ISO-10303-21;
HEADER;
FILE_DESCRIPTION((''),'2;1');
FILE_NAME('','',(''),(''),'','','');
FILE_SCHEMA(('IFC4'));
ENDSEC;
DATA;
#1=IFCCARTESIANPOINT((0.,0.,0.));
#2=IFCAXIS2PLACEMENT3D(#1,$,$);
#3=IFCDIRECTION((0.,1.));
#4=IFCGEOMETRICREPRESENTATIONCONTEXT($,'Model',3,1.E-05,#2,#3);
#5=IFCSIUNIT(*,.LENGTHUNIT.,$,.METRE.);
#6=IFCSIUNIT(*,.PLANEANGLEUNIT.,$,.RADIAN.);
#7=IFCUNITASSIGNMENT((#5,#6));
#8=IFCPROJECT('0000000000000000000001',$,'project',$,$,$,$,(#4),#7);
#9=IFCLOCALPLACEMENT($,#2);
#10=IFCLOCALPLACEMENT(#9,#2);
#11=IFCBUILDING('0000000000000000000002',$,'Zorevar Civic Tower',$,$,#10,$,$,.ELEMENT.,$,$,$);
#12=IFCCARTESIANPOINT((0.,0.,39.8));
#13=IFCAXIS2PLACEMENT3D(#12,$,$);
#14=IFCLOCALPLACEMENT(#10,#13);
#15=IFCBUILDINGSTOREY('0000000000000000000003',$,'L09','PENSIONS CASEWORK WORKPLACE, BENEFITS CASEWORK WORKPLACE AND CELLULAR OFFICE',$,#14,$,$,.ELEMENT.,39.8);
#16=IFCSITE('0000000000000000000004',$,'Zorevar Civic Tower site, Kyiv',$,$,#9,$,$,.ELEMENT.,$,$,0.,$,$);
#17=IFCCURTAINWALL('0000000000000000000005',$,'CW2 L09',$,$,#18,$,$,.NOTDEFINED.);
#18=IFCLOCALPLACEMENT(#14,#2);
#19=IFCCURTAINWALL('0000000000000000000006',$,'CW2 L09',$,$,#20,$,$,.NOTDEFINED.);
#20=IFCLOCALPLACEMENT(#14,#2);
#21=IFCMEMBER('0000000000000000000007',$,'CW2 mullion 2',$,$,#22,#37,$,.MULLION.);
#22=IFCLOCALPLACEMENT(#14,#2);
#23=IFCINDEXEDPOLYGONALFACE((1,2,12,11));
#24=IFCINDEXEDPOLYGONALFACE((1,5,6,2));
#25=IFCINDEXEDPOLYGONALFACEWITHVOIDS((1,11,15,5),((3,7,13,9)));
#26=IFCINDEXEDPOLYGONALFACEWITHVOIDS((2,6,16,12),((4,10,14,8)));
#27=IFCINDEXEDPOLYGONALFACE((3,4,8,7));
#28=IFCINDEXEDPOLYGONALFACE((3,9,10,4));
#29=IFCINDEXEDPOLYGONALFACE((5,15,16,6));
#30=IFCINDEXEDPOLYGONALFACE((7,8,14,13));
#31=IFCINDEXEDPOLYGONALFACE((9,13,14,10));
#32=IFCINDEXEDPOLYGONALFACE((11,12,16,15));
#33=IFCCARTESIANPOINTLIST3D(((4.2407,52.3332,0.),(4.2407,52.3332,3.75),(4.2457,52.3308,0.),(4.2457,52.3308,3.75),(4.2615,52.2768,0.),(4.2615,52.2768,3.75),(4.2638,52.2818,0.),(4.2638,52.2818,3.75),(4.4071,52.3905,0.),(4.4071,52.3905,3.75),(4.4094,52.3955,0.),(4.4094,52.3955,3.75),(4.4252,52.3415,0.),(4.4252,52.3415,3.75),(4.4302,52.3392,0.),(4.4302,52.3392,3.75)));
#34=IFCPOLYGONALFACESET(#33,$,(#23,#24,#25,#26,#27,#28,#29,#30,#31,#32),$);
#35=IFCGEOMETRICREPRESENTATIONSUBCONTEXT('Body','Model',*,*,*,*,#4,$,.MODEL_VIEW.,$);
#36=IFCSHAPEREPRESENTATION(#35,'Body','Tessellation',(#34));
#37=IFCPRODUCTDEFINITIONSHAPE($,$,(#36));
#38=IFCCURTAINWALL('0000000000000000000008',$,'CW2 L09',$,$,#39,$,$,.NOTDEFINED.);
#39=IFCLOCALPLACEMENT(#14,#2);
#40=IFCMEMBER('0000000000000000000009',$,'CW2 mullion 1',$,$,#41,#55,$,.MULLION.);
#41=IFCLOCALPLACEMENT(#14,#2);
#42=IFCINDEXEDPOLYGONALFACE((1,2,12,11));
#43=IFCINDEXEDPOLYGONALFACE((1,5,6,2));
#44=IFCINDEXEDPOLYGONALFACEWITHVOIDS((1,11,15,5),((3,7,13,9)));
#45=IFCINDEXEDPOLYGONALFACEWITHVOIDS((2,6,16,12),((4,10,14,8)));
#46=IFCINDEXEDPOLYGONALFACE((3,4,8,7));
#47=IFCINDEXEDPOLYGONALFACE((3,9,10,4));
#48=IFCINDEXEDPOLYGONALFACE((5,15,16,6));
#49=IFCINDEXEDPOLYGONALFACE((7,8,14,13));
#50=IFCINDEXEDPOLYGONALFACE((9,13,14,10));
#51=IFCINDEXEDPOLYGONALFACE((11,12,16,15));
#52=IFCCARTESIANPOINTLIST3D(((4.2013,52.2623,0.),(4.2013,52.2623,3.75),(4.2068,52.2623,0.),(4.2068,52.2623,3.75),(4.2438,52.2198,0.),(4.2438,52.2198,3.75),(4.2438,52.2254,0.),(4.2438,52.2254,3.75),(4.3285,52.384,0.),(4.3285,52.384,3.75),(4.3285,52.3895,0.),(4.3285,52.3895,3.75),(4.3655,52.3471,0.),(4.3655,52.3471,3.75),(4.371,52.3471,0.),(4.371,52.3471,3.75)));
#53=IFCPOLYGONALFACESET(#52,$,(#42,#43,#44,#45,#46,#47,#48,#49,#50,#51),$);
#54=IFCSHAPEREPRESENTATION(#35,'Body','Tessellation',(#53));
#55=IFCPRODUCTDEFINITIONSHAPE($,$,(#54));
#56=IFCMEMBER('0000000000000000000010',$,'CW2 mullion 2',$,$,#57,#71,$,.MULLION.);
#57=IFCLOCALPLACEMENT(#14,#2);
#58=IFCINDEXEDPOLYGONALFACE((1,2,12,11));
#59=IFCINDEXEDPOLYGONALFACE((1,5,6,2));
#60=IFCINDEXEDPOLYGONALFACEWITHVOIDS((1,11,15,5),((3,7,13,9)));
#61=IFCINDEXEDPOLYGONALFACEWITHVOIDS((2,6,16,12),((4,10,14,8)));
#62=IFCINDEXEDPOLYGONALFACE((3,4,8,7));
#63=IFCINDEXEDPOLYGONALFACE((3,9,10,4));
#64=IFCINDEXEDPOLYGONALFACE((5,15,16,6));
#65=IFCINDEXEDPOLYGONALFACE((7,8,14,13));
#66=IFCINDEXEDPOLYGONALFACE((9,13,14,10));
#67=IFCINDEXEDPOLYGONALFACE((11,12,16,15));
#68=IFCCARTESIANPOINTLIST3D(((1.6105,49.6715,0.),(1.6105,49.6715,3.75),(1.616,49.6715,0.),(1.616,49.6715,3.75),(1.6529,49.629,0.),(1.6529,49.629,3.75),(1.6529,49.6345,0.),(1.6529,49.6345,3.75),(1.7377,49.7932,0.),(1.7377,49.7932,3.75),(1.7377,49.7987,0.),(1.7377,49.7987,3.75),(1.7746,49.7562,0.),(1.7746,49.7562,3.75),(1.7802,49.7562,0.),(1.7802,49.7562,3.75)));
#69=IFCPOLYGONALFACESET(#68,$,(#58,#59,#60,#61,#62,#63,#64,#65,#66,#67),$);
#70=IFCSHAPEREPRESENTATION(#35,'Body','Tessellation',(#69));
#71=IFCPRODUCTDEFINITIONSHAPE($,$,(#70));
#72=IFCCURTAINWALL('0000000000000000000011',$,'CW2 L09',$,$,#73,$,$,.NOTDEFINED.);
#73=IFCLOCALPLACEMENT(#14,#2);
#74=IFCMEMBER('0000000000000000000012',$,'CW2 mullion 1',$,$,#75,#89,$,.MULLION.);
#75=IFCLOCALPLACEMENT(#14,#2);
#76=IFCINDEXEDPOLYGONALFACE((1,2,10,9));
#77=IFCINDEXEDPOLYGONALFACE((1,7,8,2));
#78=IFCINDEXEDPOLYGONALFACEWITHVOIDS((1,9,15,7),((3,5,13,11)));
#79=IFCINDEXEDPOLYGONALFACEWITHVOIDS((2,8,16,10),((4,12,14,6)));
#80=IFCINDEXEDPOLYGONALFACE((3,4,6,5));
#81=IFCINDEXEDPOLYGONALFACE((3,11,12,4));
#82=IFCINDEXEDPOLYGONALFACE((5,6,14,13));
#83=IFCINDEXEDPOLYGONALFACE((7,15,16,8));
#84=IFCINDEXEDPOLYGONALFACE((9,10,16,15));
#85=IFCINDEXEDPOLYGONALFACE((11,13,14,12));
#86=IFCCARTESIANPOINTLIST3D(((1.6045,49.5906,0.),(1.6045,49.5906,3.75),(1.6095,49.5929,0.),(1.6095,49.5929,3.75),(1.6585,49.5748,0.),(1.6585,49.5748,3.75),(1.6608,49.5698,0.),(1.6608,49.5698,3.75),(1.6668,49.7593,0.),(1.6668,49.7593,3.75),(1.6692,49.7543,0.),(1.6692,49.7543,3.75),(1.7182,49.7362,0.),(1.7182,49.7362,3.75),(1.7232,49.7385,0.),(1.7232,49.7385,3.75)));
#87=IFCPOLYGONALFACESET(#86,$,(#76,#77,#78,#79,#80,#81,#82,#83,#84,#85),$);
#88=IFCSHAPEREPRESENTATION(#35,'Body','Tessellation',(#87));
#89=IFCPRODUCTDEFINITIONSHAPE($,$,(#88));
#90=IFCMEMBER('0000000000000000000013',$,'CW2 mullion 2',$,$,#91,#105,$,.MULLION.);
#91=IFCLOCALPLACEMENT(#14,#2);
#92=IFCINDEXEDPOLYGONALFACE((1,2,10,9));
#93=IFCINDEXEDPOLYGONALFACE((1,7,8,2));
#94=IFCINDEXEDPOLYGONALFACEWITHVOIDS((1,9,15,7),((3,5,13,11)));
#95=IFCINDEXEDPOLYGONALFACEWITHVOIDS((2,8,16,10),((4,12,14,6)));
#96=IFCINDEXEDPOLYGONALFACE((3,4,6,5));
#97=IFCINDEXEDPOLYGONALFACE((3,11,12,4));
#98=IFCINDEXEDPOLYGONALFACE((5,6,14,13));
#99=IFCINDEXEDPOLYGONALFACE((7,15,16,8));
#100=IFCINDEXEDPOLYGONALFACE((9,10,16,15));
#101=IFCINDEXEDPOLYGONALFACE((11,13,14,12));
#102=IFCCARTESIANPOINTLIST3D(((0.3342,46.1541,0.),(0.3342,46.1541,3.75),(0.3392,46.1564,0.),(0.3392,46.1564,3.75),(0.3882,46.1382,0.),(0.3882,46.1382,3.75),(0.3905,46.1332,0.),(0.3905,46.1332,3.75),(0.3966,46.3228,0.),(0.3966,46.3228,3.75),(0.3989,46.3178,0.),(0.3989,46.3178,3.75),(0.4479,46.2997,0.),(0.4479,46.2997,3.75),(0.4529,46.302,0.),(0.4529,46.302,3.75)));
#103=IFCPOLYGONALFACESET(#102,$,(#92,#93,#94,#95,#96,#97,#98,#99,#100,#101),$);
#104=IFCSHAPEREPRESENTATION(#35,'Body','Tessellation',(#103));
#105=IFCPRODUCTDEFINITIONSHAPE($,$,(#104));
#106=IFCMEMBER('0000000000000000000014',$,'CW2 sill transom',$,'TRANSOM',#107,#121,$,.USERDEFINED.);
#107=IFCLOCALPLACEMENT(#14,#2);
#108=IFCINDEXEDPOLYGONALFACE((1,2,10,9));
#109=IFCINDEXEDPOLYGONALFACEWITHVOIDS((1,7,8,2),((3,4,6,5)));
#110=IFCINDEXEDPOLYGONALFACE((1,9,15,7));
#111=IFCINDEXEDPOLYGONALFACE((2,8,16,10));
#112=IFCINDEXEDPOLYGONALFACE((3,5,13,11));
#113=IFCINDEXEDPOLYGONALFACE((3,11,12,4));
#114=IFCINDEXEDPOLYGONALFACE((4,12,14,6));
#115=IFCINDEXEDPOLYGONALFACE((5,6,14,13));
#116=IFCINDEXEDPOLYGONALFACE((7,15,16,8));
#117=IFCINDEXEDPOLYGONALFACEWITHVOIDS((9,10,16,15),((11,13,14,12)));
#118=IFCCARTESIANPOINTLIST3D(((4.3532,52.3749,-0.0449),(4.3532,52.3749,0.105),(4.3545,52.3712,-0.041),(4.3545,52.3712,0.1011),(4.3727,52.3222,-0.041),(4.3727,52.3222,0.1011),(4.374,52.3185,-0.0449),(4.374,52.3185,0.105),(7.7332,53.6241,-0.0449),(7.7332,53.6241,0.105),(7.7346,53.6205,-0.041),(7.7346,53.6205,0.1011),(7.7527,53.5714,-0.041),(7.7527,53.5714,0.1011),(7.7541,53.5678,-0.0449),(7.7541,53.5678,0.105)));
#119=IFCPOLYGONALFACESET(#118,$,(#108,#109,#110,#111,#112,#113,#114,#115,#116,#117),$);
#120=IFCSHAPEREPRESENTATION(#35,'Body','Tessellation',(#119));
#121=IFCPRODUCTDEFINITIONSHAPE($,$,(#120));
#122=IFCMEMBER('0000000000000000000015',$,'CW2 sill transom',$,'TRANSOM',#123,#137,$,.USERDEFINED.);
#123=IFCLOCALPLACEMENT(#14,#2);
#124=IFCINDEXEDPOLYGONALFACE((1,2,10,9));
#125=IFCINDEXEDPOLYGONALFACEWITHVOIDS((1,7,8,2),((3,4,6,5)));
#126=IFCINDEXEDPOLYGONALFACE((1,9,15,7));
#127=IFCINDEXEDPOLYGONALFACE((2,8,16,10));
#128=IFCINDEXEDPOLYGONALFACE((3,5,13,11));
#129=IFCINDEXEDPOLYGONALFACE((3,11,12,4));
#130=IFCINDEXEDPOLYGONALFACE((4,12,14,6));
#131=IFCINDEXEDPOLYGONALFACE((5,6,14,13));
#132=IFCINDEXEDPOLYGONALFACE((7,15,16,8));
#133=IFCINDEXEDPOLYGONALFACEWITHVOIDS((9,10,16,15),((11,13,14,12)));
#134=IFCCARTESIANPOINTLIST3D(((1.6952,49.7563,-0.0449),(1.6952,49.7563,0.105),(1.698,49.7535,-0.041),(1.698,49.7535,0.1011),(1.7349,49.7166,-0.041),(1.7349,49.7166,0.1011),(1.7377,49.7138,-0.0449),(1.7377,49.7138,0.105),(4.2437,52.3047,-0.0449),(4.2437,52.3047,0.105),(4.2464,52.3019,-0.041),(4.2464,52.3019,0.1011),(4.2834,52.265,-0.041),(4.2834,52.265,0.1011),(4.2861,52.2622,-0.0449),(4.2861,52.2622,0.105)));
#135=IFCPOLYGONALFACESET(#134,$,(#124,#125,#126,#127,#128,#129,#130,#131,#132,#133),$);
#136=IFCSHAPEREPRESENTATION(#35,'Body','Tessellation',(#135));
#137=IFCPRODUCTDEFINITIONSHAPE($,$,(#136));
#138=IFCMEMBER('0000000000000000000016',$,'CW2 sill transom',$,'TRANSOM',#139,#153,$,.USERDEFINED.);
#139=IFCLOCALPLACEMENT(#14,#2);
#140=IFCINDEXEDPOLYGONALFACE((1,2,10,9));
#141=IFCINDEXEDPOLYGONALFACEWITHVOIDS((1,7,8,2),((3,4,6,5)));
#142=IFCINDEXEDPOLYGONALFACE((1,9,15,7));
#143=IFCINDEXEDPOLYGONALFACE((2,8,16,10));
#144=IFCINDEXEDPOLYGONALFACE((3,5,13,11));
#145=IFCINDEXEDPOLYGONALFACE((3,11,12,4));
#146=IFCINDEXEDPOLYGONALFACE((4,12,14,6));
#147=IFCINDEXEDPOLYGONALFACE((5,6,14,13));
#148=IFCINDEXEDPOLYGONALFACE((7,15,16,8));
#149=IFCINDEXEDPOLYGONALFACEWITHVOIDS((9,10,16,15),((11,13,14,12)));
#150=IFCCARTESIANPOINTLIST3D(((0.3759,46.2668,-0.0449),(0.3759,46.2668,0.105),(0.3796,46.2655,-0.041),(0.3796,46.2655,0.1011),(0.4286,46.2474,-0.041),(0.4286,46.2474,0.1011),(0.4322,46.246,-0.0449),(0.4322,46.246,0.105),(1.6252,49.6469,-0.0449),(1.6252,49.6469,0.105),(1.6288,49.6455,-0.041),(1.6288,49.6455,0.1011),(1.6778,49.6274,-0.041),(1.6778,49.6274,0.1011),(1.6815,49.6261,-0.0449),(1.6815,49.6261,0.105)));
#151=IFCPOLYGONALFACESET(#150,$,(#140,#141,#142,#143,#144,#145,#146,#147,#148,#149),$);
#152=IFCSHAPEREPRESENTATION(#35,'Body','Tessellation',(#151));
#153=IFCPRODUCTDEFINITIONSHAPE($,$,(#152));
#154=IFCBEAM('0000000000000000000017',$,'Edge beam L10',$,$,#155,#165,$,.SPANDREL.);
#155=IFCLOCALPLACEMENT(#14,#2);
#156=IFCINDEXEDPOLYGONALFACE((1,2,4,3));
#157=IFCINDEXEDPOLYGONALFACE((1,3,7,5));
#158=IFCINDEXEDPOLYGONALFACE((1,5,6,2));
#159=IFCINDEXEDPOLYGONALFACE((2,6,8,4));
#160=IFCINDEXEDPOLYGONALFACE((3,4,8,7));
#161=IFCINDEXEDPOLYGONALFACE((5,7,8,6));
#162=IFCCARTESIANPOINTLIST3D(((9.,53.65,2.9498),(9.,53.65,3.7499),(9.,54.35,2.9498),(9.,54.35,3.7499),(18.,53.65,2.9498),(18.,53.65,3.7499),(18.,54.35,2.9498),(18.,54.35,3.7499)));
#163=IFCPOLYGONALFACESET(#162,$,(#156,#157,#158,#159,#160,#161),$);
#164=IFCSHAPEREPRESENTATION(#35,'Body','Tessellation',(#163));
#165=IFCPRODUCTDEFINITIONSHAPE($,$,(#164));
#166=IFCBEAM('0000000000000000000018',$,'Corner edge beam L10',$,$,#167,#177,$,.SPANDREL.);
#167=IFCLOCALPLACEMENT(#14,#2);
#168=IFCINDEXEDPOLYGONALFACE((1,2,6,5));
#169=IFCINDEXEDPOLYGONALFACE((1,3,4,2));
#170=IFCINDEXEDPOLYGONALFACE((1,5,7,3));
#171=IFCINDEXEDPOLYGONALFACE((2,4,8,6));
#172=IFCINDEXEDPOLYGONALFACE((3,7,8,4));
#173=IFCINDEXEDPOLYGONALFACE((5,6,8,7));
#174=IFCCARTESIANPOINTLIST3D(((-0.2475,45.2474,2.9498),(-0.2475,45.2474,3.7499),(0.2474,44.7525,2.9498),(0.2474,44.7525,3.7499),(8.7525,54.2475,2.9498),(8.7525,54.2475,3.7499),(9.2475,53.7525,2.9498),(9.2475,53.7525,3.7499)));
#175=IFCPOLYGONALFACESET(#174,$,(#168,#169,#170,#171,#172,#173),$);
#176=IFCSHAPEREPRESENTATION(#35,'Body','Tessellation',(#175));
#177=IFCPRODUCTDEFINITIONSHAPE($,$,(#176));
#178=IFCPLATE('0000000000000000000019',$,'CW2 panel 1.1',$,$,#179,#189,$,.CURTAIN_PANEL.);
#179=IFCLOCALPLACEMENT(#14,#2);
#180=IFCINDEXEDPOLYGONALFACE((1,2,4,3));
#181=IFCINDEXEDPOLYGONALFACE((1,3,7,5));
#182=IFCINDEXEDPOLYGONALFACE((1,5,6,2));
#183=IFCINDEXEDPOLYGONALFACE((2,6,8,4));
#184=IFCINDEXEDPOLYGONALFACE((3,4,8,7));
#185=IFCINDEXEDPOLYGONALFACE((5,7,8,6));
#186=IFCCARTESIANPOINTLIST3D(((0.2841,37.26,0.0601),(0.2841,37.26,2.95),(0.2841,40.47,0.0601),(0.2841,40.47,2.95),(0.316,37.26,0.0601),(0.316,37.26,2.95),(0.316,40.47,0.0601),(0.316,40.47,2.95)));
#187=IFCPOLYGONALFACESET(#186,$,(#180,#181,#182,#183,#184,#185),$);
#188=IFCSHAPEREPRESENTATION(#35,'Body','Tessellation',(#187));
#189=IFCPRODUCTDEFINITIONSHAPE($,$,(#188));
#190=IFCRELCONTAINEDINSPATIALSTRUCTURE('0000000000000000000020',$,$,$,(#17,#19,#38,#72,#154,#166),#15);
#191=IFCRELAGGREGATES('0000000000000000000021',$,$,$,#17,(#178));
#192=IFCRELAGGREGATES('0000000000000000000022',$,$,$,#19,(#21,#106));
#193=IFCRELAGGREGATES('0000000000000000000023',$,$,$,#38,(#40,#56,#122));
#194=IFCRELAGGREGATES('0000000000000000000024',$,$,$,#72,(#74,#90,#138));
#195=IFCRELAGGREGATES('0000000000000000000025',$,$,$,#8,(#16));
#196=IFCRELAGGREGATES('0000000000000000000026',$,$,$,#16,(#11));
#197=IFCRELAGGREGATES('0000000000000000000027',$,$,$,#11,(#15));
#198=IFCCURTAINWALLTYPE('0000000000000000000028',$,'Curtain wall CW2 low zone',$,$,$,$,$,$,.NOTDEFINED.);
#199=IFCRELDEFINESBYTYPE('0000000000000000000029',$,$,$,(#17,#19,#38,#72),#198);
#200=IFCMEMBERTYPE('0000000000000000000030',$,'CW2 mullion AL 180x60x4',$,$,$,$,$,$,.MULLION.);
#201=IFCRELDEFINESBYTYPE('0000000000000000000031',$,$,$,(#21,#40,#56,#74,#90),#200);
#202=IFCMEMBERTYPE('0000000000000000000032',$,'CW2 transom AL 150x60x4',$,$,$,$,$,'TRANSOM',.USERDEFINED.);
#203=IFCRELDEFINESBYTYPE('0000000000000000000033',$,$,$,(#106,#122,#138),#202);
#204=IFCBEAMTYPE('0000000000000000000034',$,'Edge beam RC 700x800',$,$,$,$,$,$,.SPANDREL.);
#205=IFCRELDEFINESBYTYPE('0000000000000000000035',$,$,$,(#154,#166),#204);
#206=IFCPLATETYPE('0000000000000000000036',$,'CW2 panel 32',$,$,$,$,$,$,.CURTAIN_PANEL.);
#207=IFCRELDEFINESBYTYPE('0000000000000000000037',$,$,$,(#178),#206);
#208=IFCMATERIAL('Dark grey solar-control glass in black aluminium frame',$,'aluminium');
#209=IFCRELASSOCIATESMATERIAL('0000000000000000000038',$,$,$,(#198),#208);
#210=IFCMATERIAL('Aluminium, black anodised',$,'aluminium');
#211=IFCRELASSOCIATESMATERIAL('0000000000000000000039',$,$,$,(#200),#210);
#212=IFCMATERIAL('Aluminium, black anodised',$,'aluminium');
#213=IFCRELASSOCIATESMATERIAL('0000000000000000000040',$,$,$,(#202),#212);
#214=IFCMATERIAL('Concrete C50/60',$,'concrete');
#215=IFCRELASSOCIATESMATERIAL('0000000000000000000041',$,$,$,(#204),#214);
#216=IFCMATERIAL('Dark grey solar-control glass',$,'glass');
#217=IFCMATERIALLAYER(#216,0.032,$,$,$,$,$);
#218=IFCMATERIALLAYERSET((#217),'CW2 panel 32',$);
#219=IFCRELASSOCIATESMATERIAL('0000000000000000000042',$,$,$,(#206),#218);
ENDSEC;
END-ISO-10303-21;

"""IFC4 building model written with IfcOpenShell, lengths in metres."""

from ifc_helpers import new_model, si_unit, direction, frame, origin, origin_2d, place, context, subcontext, project, spatial, rectangle, hollow_rectangle, extrude, material, layer, layer_set, material_profile, profile_set, type_object, element, aggregate, save


model = new_model("IFC4")

# Units and contexts
model_context = context("Model", 3, precision=1e-05, world=origin(), true_north=direction((0.0, 1.0)))
body_context = subcontext(model_context, "Body", "Model", "MODEL_VIEW")
ifc_project = project(units=[si_unit("LENGTHUNIT", "METRE"), si_unit("PLANEANGLEUNIT", "RADIAN")], contexts=[model_context])

# Site, building, storey
site_placement = place(None, origin())
site = spatial("IfcSite", under=ifc_project, at=site_placement, Name="Zorevar Civic Tower site, Kyiv", CompositionType="ELEMENT", RefElevation=0.0)
building_placement = place(site_placement, origin())
building = spatial("IfcBuilding", under=site, at=building_placement, Name="Zorevar Civic Tower", CompositionType="ELEMENT")
storey_placement = place(building_placement, frame((0.0, 0.0, 39.8)))
storey = spatial("IfcBuildingStorey", under=building, at=storey_placement, Name="L09", Description="PENSIONS CASEWORK WORKPLACE, BENEFITS CASEWORK WORKPLACE AND CELLULAR OFFICE", CompositionType="ELEMENT", Elevation=39.8)

# Shared definitions
ifc_material_1 = material(Name="Dark grey solar-control glass in black aluminium frame", Category="aluminium")
curtain_wall_type = type_object("IfcCurtainWallType", Name="Curtain wall CW2 low zone", PredefinedType="NOTDEFINED", material=ifc_material_1)
ifc_material_2 = material(Name="Aluminium, black anodised", Category="aluminium")
ifc_material_profile_1 = material_profile(ifc_material_2, hollow_rectangle(XDim=0.0601, YDim=0.1799, WallThickness=0.0039, at=origin_2d()), Name="AL 180x60x4")
ifc_profile_set_1 = profile_set([ifc_material_profile_1], Name="Aluminium, black anodised")
member_type_1 = type_object("IfcMemberType", Name="CW2 mullion AL 180x60x4", PredefinedType="MULLION", material=ifc_profile_set_1)

# Curtain walls, members
curtain_wall_1_placement = place(storey_placement, origin())
curtain_wall_1 = element("IfcCurtainWall", 1, at=curtain_wall_1_placement, inside=storey, type_object=curtain_wall_type, Name="CW2 L09", PredefinedType="NOTDEFINED")
curtain_wall_2_placement = place(storey_placement, origin())
curtain_wall_2 = element("IfcCurtainWall", 2, at=curtain_wall_2_placement, inside=storey, type_object=curtain_wall_type, Name="CW2 L09", PredefinedType="NOTDEFINED")
member_1_placement = place(storey_placement, frame((4.3354, 52.3362, 0.0), z_axis=(0.0, 0.0, 1.0), x_axis=(0.346704, -0.937975, 0.0)))
member_1 = element("IfcMember", 3, at=member_1_placement, type_object=member_type_1, Name="CW2 mullion 2", PredefinedType="MULLION", context=body_context, shape_type="SweptSolid", body=[
    extrude(hollow_rectangle(XDim=0.0601, YDim=0.1799, WallThickness=0.0039, at=origin_2d()), origin(), (0.0, 0.0, 1.0), 3.75),
])
curtain_wall_3_placement = place(storey_placement, origin())
curtain_wall_3 = element("IfcCurtainWall", 4, at=curtain_wall_3_placement, inside=storey, type_object=curtain_wall_type, Name="CW2 L09", PredefinedType="NOTDEFINED")
member_2_placement = place(storey_placement, frame((4.2861, 52.3047, 0.0), z_axis=(0.0, 0.0, 1.0), x_axis=(0.707107, -0.707107, 0.0)))
member_2 = element("IfcMember", 5, at=member_2_placement, type_object=member_type_1, Name="CW2 mullion 1", PredefinedType="MULLION", context=body_context, shape_type="SweptSolid", body=[
    extrude(hollow_rectangle(XDim=0.0601, YDim=0.1799, WallThickness=0.0039, at=origin_2d()), origin(), (0.0, 0.0, 1.0), 3.75),
])
member_3_placement = place(storey_placement, frame((1.6953, 49.7139, 0.0), z_axis=(0.0, 0.0, 1.0), x_axis=(0.707107, -0.707107, 0.0)))
member_3 = element("IfcMember", 6, at=member_3_placement, type_object=member_type_1, Name="CW2 mullion 2", PredefinedType="MULLION", context=body_context, shape_type="SweptSolid", body=[
    extrude(hollow_rectangle(XDim=0.0601, YDim=0.1799, WallThickness=0.0039, at=origin_2d()), origin(), (0.0, 0.0, 1.0), 3.75),
])
curtain_wall_4_placement = place(storey_placement, origin())
curtain_wall_4 = element("IfcCurtainWall", 7, at=curtain_wall_4_placement, inside=storey, type_object=curtain_wall_type, Name="CW2 L09", PredefinedType="NOTDEFINED")
member_4_placement = place(storey_placement, frame((1.6638, 49.6646, 0.0), z_axis=(0.0, 0.0, 1.0), x_axis=(0.937975, -0.346704, 0.0)))
member_4 = element("IfcMember", 8, at=member_4_placement, type_object=member_type_1, Name="CW2 mullion 1", PredefinedType="MULLION", context=body_context, shape_type="SweptSolid", body=[
    extrude(hollow_rectangle(XDim=0.0601, YDim=0.1799, WallThickness=0.0039, at=origin_2d()), origin(), (0.0, 0.0, 1.0), 3.75),
])
member_5_placement = place(storey_placement, frame((0.3936, 46.228, 0.0), z_axis=(0.0, 0.0, 1.0), x_axis=(0.937975, -0.346704, 0.0)))
member_5 = element("IfcMember", 9, at=member_5_placement, type_object=member_type_1, Name="CW2 mullion 2", PredefinedType="MULLION", context=body_context, shape_type="SweptSolid", body=[
    extrude(hollow_rectangle(XDim=0.0601, YDim=0.1799, WallThickness=0.0039, at=origin_2d()), origin(), (0.0, 0.0, 1.0), 3.75),
])

# Members
ifc_material_3 = material(Name="Aluminium, black anodised", Category="aluminium")
ifc_material_profile_2 = material_profile(ifc_material_3, hollow_rectangle(XDim=0.0601, YDim=0.1499, WallThickness=0.0039, at=origin_2d()), Name="AL 150x60x4")
ifc_profile_set_2 = profile_set([ifc_material_profile_2], Name="Aluminium, black anodised")
member_type_2 = type_object("IfcMemberType", Name="CW2 transom AL 150x60x4", ElementType="TRANSOM", PredefinedType="USERDEFINED", material=ifc_profile_set_2)
member_6_placement = place(storey_placement, frame((7.7437, 53.5959, 0.03), z_axis=(-0.937986, -0.346672, 0.0), x_axis=(0.346672, -0.937986, 0.0)))
member_6 = element("IfcMember", 10, at=member_6_placement, type_object=member_type_2, Name="CW2 sill transom", ObjectType="TRANSOM", PredefinedType="USERDEFINED", context=body_context, shape_type="SweptSolid", body=[
    extrude(hollow_rectangle(XDim=0.0601, YDim=0.1499, WallThickness=0.0039, at=origin_2d()), origin(), (0.0, 0.0, 1.0), 3.6035),
])
member_7_placement = place(storey_placement, frame((4.2649, 52.2834, 0.03), z_axis=(-0.707107, -0.707107, 0.0), x_axis=(0.707107, -0.707107, 0.0)))
member_7 = element("IfcMember", 11, at=member_7_placement, type_object=member_type_2, Name="CW2 sill transom", ObjectType="TRANSOM", PredefinedType="USERDEFINED", context=body_context, shape_type="SweptSolid", body=[
    extrude(hollow_rectangle(XDim=0.0601, YDim=0.1499, WallThickness=0.0039, at=origin_2d()), origin(), (0.0, 0.0, 1.0), 3.604),
])
member_8_placement = place(storey_placement, frame((1.6533, 49.6365, 0.03), z_axis=(-0.346672, -0.937986, 0.0), x_axis=(0.937986, -0.346672, 0.0)))
member_8 = element("IfcMember", 12, at=member_8_placement, type_object=member_type_2, Name="CW2 sill transom", ObjectType="TRANSOM", PredefinedType="USERDEFINED", context=body_context, shape_type="SweptSolid", body=[
    extrude(hollow_rectangle(XDim=0.0601, YDim=0.1499, WallThickness=0.0039, at=origin_2d()), origin(), (0.0, 0.0, 1.0), 3.6035),
])

# Beams
ifc_material_4 = material(Name="Concrete C50/60", Category="concrete")
ifc_material_profile_3 = material_profile(ifc_material_4, rectangle(XDim=0.7, YDim=0.8, at=origin_2d()), Name="RC 700x800")
ifc_profile_set_3 = profile_set([ifc_material_profile_3], Name="Concrete C50/60")
beam_type_1 = type_object("IfcBeamType", Name="Edge beam RC 700x800", PredefinedType="SPANDREL", material=ifc_profile_set_3)
beam_1_placement = place(storey_placement, frame((9.0, 54.0, 3.3499), z_axis=(1.0, 0.0, 0.0), x_axis=(0.0, 1.0, 0.0)))
element("IfcBeam", 13, at=beam_1_placement, inside=storey, type_object=beam_type_1, Name="Edge beam L10", PredefinedType="SPANDREL", context=body_context, shape_type="SweptSolid", body=[
    extrude(rectangle(XDim=0.7, YDim=0.8, at=origin_2d()), origin(), (0.0, 0.0, 1.0), 9.0),
])
beam_2_placement = place(storey_placement, frame((9.0, 54.0, 3.3499), z_axis=(-0.707107, -0.707107, 0.0), x_axis=(0.707107, -0.707107, 0.0)))
element("IfcBeam", 14, at=beam_2_placement, inside=storey, type_object=beam_type_1, Name="Corner edge beam L10", PredefinedType="SPANDREL", context=body_context, shape_type="SweptSolid", body=[
    extrude(rectangle(XDim=0.7, YDim=0.8, at=origin_2d()), origin(), (0.0, 0.0, 1.0), 12.728),
])

# Plate
ifc_material_5 = material(Name="Dark grey solar-control glass", Category="glass")
ifc_layer_1 = layer(ifc_material_5, 0.032)
ifc_layer_set_1 = layer_set([ifc_layer_1], Name="CW2 panel 32")
plate_type = type_object("IfcPlateType", Name="CW2 panel 32", PredefinedType="CURTAIN_PANEL", material=ifc_layer_set_1)
plate_1_placement = place(storey_placement, frame((0.3, 38.865, 0.0601), z_axis=(0.0, 0.0, 1.0), x_axis=(0.0, 1.0, 0.0)))
plate_1 = element("IfcPlate", 15, at=plate_1_placement, type_object=plate_type, Name="CW2 panel 1.1", PredefinedType="CURTAIN_PANEL", context=body_context, shape_type="SweptSolid", body=[
    extrude(rectangle(XDim=3.21, YDim=0.032, at=origin_2d()), origin(), (0.0, 0.0, 1.0), 2.8899),
])
aggregate(curtain_wall_1, [plate_1])
aggregate(curtain_wall_2, [member_1, member_6])
aggregate(curtain_wall_3, [member_2, member_3, member_7])
aggregate(curtain_wall_4, [member_4, member_5, member_8])

save(model, "model.ifc")
